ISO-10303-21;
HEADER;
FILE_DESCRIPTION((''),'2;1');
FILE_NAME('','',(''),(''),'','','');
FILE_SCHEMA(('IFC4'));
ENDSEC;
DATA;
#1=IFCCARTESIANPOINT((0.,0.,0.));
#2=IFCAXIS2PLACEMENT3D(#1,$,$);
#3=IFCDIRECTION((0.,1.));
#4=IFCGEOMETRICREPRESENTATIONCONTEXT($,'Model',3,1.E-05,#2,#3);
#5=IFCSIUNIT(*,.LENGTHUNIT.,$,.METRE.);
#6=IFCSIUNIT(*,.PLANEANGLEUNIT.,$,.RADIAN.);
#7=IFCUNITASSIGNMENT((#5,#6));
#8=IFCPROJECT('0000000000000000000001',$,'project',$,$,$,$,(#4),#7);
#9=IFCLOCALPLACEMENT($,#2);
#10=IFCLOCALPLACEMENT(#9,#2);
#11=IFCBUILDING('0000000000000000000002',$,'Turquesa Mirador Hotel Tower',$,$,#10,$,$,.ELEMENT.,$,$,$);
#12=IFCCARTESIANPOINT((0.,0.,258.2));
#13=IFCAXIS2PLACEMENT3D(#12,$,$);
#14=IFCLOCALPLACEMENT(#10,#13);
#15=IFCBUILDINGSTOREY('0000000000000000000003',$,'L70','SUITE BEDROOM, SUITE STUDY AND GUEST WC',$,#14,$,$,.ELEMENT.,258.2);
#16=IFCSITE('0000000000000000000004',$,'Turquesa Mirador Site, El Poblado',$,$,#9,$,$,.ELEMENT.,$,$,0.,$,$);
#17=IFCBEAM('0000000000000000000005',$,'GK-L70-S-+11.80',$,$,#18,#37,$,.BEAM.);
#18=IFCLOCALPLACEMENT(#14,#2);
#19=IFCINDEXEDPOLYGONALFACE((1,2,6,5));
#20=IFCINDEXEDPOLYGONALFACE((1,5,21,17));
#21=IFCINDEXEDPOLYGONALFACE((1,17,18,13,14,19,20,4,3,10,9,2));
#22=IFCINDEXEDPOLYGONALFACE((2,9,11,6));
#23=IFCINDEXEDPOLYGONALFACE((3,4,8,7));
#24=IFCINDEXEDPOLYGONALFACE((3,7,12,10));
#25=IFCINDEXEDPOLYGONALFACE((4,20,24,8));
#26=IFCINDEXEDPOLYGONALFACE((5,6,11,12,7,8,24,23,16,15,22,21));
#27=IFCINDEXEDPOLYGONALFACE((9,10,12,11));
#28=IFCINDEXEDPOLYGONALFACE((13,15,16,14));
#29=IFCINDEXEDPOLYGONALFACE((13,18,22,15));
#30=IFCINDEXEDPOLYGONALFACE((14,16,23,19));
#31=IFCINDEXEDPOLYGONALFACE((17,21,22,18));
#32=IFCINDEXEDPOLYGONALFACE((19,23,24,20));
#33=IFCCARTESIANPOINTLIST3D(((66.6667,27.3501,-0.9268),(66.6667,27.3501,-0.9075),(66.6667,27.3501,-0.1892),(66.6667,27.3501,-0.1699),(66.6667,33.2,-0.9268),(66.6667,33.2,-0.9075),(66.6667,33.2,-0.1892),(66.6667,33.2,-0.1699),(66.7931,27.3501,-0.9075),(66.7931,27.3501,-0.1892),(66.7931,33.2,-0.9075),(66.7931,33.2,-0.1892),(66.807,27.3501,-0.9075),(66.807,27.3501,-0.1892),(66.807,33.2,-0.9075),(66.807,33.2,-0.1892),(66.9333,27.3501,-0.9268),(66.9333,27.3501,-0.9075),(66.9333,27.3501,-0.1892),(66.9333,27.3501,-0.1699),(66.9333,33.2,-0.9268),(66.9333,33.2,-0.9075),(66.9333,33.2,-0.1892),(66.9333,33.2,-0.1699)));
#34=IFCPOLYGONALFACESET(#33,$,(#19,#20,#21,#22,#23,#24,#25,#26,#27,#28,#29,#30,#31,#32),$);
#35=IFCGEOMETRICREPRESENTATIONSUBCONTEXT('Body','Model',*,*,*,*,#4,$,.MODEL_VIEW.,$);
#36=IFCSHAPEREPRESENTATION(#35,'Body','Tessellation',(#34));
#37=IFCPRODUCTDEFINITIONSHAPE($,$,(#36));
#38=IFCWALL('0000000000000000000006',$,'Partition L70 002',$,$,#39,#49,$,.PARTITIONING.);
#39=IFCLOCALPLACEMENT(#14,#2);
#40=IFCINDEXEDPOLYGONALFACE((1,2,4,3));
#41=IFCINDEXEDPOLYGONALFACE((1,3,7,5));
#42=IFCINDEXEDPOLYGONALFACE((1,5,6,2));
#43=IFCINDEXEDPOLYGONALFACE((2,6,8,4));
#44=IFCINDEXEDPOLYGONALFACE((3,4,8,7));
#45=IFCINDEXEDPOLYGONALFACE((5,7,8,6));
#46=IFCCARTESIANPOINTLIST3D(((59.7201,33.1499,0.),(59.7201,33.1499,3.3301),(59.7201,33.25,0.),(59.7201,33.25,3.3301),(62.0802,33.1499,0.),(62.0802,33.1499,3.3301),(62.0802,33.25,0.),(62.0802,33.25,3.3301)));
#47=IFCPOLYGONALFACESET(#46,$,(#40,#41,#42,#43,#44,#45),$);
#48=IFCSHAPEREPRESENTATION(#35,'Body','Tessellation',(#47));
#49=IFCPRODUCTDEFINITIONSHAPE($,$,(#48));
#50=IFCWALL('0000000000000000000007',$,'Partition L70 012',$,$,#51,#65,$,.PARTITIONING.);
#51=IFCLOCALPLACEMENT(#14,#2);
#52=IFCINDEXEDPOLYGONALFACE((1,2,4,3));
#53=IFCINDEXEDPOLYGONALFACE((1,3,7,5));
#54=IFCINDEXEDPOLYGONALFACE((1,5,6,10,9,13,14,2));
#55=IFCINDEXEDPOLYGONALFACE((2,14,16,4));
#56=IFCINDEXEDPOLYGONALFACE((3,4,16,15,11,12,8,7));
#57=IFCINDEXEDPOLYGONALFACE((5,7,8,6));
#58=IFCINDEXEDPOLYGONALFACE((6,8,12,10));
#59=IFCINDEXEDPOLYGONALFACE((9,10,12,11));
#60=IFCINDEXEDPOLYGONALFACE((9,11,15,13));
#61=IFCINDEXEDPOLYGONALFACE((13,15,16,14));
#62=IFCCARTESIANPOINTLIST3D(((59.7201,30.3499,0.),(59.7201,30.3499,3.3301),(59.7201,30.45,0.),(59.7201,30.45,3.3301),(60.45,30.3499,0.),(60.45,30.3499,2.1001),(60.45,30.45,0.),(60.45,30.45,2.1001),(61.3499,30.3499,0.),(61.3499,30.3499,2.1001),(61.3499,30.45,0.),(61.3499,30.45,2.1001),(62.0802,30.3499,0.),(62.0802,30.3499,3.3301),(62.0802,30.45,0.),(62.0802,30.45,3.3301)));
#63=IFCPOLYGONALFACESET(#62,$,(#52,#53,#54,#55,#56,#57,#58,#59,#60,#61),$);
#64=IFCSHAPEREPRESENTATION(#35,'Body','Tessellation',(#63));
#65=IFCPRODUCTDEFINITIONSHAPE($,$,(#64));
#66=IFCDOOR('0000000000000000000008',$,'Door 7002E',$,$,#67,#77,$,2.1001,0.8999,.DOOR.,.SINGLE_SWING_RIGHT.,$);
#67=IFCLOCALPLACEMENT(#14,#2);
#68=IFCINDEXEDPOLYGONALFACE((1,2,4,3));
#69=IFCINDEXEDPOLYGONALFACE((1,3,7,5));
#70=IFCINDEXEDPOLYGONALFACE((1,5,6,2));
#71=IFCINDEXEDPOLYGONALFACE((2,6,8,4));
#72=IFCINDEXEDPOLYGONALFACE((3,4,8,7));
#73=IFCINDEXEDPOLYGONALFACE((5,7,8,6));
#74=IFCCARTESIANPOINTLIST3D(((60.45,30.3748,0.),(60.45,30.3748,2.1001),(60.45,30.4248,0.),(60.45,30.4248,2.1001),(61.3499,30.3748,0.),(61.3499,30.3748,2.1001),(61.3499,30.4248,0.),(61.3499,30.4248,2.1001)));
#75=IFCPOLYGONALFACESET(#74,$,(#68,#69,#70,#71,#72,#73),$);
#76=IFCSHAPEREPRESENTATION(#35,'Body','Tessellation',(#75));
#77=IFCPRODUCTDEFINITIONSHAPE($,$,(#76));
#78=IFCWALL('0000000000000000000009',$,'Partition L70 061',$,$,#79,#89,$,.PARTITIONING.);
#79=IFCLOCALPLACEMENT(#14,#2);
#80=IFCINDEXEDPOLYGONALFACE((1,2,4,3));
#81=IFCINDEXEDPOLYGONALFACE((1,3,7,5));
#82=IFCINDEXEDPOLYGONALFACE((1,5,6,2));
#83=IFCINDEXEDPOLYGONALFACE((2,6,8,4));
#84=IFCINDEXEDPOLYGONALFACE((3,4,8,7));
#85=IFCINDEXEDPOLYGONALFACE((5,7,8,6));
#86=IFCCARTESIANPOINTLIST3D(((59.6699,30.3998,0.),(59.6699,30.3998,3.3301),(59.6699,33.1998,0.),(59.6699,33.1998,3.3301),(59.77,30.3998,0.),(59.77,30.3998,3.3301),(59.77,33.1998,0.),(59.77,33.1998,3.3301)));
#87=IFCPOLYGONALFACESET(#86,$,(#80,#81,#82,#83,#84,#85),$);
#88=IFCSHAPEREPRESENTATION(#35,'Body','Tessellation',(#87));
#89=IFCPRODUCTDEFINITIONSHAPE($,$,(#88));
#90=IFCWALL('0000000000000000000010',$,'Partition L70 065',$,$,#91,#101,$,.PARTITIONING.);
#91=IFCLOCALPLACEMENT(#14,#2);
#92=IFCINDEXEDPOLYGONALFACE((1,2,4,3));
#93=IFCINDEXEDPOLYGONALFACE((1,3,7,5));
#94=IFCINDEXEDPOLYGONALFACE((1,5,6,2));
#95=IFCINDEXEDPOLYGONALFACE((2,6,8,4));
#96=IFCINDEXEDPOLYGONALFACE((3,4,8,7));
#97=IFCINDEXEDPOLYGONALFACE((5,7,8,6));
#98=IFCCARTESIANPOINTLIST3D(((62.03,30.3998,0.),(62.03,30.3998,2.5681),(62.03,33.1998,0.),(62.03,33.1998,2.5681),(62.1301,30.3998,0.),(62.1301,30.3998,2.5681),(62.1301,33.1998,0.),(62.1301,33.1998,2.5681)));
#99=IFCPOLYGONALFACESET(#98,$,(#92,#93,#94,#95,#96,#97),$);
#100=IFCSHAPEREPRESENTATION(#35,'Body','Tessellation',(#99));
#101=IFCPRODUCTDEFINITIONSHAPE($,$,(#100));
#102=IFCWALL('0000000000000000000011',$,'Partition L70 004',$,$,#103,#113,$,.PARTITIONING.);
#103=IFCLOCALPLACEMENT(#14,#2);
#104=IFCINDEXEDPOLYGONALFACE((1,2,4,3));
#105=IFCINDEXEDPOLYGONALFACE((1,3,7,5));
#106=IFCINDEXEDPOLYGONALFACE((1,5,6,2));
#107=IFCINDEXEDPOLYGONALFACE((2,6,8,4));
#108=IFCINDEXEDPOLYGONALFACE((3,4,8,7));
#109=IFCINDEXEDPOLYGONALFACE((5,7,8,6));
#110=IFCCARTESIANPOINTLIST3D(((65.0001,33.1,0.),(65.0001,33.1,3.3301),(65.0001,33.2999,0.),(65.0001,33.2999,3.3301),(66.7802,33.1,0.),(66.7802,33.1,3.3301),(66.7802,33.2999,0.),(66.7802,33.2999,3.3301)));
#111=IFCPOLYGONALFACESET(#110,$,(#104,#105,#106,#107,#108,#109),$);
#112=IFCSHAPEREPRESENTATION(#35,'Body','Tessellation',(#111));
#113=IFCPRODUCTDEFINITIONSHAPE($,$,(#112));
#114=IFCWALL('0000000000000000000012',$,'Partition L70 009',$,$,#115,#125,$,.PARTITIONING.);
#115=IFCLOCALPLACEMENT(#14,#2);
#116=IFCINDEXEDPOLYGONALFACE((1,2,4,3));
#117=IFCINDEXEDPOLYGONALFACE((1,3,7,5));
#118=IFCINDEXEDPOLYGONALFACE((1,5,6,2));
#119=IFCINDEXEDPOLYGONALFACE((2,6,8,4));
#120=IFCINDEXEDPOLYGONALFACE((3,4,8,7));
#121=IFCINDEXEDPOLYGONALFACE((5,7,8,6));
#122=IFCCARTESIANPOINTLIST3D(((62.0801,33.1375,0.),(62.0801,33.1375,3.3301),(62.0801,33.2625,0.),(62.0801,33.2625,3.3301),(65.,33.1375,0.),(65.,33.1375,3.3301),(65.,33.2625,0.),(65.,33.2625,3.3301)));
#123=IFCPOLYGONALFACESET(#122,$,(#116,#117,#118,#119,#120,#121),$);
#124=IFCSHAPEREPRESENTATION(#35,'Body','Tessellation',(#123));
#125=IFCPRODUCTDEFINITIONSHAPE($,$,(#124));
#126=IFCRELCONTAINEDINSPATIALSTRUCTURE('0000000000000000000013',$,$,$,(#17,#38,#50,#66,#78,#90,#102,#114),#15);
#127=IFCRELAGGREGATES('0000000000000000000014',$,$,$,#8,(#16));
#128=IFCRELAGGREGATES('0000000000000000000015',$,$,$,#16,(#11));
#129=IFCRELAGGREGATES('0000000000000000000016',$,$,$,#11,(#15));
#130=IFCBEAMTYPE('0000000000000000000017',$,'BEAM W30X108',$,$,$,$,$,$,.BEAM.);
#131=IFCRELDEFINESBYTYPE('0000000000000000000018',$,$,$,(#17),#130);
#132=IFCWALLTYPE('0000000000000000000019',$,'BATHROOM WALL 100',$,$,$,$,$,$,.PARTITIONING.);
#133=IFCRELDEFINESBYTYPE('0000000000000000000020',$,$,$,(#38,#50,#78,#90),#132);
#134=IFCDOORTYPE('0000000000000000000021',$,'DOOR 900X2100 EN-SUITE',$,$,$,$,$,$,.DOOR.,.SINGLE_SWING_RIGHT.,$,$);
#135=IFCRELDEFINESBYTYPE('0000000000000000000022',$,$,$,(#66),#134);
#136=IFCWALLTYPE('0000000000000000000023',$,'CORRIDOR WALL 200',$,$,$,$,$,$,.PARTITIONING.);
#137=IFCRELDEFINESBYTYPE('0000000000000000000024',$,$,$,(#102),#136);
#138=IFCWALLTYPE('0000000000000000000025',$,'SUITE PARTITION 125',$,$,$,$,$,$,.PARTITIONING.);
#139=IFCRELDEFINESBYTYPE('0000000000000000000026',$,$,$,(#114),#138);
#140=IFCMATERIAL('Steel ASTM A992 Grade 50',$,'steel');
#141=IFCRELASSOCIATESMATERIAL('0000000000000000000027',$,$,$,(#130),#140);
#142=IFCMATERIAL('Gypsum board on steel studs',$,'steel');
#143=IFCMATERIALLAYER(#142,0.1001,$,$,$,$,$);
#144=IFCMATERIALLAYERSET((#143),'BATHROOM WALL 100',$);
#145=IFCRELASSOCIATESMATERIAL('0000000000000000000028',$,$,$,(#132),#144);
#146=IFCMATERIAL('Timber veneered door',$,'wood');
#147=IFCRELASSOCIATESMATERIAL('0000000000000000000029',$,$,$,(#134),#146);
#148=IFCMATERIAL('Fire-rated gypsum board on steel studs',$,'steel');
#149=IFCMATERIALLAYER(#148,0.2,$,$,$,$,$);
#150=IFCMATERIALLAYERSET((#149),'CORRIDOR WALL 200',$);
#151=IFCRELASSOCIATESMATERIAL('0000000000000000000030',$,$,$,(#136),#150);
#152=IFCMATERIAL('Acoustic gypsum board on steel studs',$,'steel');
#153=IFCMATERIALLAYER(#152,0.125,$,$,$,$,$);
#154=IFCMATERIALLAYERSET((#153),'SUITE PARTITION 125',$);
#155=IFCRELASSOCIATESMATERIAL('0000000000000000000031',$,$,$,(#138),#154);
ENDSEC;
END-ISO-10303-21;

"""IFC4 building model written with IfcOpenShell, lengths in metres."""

from ifc_helpers import new_model, si_unit, direction, frame, frame_2d, origin, origin_2d, place, context, subcontext, project, spatial, rectangle, i_section, extrude, material, layer, layer_set, material_profile, profile_set, type_object, element, fill, save


model = new_model("IFC4")

# Units and contexts
model_context = context("Model", 3, precision=1e-05, world=origin(), true_north=direction((0.0, 1.0)))
body_context = subcontext(model_context, "Body", "Model", "MODEL_VIEW")
ifc_project = project(units=[si_unit("LENGTHUNIT", "METRE"), si_unit("PLANEANGLEUNIT", "RADIAN")], contexts=[model_context])

# Site, building, storey
site_placement = place(None, origin())
site = spatial("IfcSite", under=ifc_project, at=site_placement, Name="Turquesa Mirador Site, El Poblado", CompositionType="ELEMENT", RefElevation=0.0)
building_placement = place(site_placement, origin())
building = spatial("IfcBuilding", under=site, at=building_placement, Name="Turquesa Mirador Hotel Tower", CompositionType="ELEMENT")
storey_placement = place(building_placement, frame((0.0, 0.0, 258.2)))
storey = spatial("IfcBuildingStorey", under=building, at=storey_placement, Name="L70", Description="SUITE BEDROOM, SUITE STUDY AND GUEST WC", CompositionType="ELEMENT", Elevation=258.2)

# Beam
ifc_material_1 = material(Name="Steel ASTM A992 Grade 50", Category="steel")
ifc_material_profile_1 = material_profile(ifc_material_1, i_section(OverallWidth=0.2666, OverallDepth=0.7568, WebThickness=0.0139, FlangeThickness=0.0193, at=origin_2d()), Name="W30X108")
ifc_profile_set_1 = profile_set([ifc_material_profile_1], Name="Steel ASTM A992 Grade 50")
beam_type_1 = type_object("IfcBeamType", Name="BEAM W30X108", PredefinedType="BEAM", material=ifc_profile_set_1)
beam_1_placement = place(storey_placement, frame((66.8, 27.3501, -0.5483), z_axis=(0.0, 1.0, 0.0), x_axis=(-1.0, 0.0, 0.0)))
element("IfcBeam", 1, at=beam_1_placement, inside=storey, type_object=beam_type_1, Name="GK-L70-S-+11.80", PredefinedType="BEAM", context=body_context, shape_type="SweptSolid", body=[
    extrude(i_section(OverallWidth=0.2666, OverallDepth=0.7568, WebThickness=0.0139, FlangeThickness=0.0193, at=origin_2d()), origin(), (0.0, 0.0, 1.0), 5.8499),
])

# Wall
ifc_material_2 = material(Name="Gypsum board on steel studs", Category="steel")
ifc_layer_1 = layer(ifc_material_2, 0.1001)
ifc_layer_set_1 = layer_set([ifc_layer_1], Name="BATHROOM WALL 100")
wall_type_1 = type_object("IfcWallType", Name="BATHROOM WALL 100", PredefinedType="PARTITIONING", material=ifc_layer_set_1)
wall_1_placement = place(storey_placement, frame((59.72, 33.2, 0.0), z_axis=(0.0, 0.0, 1.0), x_axis=(1.0, 0.0, 0.0)))
element("IfcWall", 2, at=wall_1_placement, inside=storey, type_object=wall_type_1, Name="Partition L70 002", PredefinedType="PARTITIONING", context=body_context, shape_type="SweptSolid", body=[
    extrude(rectangle(XDim=2.3601, YDim=0.1001, at=frame_2d((1.1802, 0.0))), origin(), (0.0, 0.0, 1.0), 3.3301),
])

# Wall, opening, door
wall_2_placement = place(storey_placement, frame((59.72, 30.3999, 0.0), z_axis=(0.0, 0.0, 1.0), x_axis=(1.0, 0.0, 0.0)))
wall_2 = element("IfcWall", 3, at=wall_2_placement, inside=storey, type_object=wall_type_1, Name="Partition L70 012", PredefinedType="PARTITIONING", context=body_context, shape_type="SweptSolid", body=[
    extrude(rectangle(XDim=2.3601, YDim=0.1001, at=frame_2d((1.1802, 0.0))), origin(), (0.0, 0.0, 1.0), 3.3301),
])
opening_placement = place(wall_2_placement, frame((0.73, 0.0, 0.0)))
opening = element("IfcOpeningElement", 4, at=opening_placement, cuts=wall_2, PredefinedType="OPENING", context=body_context, shape_type="SweptSolid", body=[
    extrude(rectangle(XDim=0.8999, YDim=2.1001, at=frame_2d((0.45, 1.05))), frame((0.0, 0.0601, 0.0), z_axis=(0.0, -1.0, 0.0), x_axis=(1.0, 0.0, 0.0)), (0.0, 0.0, 1.0), 0.1201),
])
ifc_material_3 = material(Name="Timber veneered door", Category="wood")
door_type = type_object("IfcDoorType", Name="DOOR 900X2100 EN-SUITE", OperationType="SINGLE_SWING_RIGHT", PredefinedType="DOOR", material=ifc_material_3)
door_placement = place(opening_placement, origin())
door = element("IfcDoor", 5, at=door_placement, inside=storey, type_object=door_type, Name="Door 7002E", OperationType="SINGLE_SWING_RIGHT", OverallHeight=2.1001, OverallWidth=0.8999, PredefinedType="DOOR", context=body_context, shape_type="SweptSolid", body=[
    extrude(rectangle(XDim=0.8999, YDim=2.1001, at=frame_2d((0.45, 1.05))), frame((0.0, 0.0249, 0.0), z_axis=(0.0, -1.0, 0.0), x_axis=(1.0, 0.0, 0.0)), (0.0, 0.0, 1.0), 0.05),
])
fill(opening, door)

# Walls
wall_3_placement = place(storey_placement, frame((59.72, 30.3999, 0.0), z_axis=(0.0, 0.0, 1.0), x_axis=(0.0, 1.0, 0.0)))
element("IfcWall", 6, at=wall_3_placement, inside=storey, type_object=wall_type_1, Name="Partition L70 061", PredefinedType="PARTITIONING", context=body_context, shape_type="SweptSolid", body=[
    extrude(rectangle(XDim=2.8, YDim=0.1001, at=frame_2d((1.3999, 0.0))), origin(), (0.0, 0.0, 1.0), 3.3301),
])
wall_4_placement = place(storey_placement, frame((62.0801, 30.3999, 0.0), z_axis=(0.0, 0.0, 1.0), x_axis=(0.0, 1.0, 0.0)))
element("IfcWall", 7, at=wall_4_placement, inside=storey, type_object=wall_type_1, Name="Partition L70 065", PredefinedType="PARTITIONING", context=body_context, shape_type="SweptSolid", body=[
    extrude(rectangle(XDim=2.8, YDim=0.1001, at=frame_2d((1.3999, 0.0))), origin(), (0.0, 0.0, 1.0), 2.5681),
])
ifc_material_4 = material(Name="Fire-rated gypsum board on steel studs", Category="steel")
ifc_layer_2 = layer(ifc_material_4, 0.2)
ifc_layer_set_2 = layer_set([ifc_layer_2], Name="CORRIDOR WALL 200")
wall_type_2 = type_object("IfcWallType", Name="CORRIDOR WALL 200", PredefinedType="PARTITIONING", material=ifc_layer_set_2)
wall_5_placement = place(storey_placement, frame((65.0, 33.2, 0.0), z_axis=(0.0, 0.0, 1.0), x_axis=(1.0, 0.0, 0.0)))
element("IfcWall", 8, at=wall_5_placement, inside=storey, type_object=wall_type_2, Name="Partition L70 004", PredefinedType="PARTITIONING", context=body_context, shape_type="SweptSolid", body=[
    extrude(rectangle(XDim=1.78, YDim=0.2, at=frame_2d((0.8901, 0.0))), origin(), (0.0, 0.0, 1.0), 3.3301),
])
ifc_material_5 = material(Name="Acoustic gypsum board on steel studs", Category="steel")
ifc_layer_3 = layer(ifc_material_5, 0.125)
ifc_layer_set_3 = layer_set([ifc_layer_3], Name="SUITE PARTITION 125")
wall_type_3 = type_object("IfcWallType", Name="SUITE PARTITION 125", PredefinedType="PARTITIONING", material=ifc_layer_set_3)
wall_6_placement = place(storey_placement, frame((62.0801, 33.2, 0.0), z_axis=(0.0, 0.0, 1.0), x_axis=(1.0, 0.0, 0.0)))
element("IfcWall", 9, at=wall_6_placement, inside=storey, type_object=wall_type_3, Name="Partition L70 009", PredefinedType="PARTITIONING", context=body_context, shape_type="SweptSolid", body=[
    extrude(rectangle(XDim=2.9199, YDim=0.125, at=frame_2d((1.46, 0.0))), origin(), (0.0, 0.0, 1.0), 3.3301),
])

save(model, "model.ifc")
